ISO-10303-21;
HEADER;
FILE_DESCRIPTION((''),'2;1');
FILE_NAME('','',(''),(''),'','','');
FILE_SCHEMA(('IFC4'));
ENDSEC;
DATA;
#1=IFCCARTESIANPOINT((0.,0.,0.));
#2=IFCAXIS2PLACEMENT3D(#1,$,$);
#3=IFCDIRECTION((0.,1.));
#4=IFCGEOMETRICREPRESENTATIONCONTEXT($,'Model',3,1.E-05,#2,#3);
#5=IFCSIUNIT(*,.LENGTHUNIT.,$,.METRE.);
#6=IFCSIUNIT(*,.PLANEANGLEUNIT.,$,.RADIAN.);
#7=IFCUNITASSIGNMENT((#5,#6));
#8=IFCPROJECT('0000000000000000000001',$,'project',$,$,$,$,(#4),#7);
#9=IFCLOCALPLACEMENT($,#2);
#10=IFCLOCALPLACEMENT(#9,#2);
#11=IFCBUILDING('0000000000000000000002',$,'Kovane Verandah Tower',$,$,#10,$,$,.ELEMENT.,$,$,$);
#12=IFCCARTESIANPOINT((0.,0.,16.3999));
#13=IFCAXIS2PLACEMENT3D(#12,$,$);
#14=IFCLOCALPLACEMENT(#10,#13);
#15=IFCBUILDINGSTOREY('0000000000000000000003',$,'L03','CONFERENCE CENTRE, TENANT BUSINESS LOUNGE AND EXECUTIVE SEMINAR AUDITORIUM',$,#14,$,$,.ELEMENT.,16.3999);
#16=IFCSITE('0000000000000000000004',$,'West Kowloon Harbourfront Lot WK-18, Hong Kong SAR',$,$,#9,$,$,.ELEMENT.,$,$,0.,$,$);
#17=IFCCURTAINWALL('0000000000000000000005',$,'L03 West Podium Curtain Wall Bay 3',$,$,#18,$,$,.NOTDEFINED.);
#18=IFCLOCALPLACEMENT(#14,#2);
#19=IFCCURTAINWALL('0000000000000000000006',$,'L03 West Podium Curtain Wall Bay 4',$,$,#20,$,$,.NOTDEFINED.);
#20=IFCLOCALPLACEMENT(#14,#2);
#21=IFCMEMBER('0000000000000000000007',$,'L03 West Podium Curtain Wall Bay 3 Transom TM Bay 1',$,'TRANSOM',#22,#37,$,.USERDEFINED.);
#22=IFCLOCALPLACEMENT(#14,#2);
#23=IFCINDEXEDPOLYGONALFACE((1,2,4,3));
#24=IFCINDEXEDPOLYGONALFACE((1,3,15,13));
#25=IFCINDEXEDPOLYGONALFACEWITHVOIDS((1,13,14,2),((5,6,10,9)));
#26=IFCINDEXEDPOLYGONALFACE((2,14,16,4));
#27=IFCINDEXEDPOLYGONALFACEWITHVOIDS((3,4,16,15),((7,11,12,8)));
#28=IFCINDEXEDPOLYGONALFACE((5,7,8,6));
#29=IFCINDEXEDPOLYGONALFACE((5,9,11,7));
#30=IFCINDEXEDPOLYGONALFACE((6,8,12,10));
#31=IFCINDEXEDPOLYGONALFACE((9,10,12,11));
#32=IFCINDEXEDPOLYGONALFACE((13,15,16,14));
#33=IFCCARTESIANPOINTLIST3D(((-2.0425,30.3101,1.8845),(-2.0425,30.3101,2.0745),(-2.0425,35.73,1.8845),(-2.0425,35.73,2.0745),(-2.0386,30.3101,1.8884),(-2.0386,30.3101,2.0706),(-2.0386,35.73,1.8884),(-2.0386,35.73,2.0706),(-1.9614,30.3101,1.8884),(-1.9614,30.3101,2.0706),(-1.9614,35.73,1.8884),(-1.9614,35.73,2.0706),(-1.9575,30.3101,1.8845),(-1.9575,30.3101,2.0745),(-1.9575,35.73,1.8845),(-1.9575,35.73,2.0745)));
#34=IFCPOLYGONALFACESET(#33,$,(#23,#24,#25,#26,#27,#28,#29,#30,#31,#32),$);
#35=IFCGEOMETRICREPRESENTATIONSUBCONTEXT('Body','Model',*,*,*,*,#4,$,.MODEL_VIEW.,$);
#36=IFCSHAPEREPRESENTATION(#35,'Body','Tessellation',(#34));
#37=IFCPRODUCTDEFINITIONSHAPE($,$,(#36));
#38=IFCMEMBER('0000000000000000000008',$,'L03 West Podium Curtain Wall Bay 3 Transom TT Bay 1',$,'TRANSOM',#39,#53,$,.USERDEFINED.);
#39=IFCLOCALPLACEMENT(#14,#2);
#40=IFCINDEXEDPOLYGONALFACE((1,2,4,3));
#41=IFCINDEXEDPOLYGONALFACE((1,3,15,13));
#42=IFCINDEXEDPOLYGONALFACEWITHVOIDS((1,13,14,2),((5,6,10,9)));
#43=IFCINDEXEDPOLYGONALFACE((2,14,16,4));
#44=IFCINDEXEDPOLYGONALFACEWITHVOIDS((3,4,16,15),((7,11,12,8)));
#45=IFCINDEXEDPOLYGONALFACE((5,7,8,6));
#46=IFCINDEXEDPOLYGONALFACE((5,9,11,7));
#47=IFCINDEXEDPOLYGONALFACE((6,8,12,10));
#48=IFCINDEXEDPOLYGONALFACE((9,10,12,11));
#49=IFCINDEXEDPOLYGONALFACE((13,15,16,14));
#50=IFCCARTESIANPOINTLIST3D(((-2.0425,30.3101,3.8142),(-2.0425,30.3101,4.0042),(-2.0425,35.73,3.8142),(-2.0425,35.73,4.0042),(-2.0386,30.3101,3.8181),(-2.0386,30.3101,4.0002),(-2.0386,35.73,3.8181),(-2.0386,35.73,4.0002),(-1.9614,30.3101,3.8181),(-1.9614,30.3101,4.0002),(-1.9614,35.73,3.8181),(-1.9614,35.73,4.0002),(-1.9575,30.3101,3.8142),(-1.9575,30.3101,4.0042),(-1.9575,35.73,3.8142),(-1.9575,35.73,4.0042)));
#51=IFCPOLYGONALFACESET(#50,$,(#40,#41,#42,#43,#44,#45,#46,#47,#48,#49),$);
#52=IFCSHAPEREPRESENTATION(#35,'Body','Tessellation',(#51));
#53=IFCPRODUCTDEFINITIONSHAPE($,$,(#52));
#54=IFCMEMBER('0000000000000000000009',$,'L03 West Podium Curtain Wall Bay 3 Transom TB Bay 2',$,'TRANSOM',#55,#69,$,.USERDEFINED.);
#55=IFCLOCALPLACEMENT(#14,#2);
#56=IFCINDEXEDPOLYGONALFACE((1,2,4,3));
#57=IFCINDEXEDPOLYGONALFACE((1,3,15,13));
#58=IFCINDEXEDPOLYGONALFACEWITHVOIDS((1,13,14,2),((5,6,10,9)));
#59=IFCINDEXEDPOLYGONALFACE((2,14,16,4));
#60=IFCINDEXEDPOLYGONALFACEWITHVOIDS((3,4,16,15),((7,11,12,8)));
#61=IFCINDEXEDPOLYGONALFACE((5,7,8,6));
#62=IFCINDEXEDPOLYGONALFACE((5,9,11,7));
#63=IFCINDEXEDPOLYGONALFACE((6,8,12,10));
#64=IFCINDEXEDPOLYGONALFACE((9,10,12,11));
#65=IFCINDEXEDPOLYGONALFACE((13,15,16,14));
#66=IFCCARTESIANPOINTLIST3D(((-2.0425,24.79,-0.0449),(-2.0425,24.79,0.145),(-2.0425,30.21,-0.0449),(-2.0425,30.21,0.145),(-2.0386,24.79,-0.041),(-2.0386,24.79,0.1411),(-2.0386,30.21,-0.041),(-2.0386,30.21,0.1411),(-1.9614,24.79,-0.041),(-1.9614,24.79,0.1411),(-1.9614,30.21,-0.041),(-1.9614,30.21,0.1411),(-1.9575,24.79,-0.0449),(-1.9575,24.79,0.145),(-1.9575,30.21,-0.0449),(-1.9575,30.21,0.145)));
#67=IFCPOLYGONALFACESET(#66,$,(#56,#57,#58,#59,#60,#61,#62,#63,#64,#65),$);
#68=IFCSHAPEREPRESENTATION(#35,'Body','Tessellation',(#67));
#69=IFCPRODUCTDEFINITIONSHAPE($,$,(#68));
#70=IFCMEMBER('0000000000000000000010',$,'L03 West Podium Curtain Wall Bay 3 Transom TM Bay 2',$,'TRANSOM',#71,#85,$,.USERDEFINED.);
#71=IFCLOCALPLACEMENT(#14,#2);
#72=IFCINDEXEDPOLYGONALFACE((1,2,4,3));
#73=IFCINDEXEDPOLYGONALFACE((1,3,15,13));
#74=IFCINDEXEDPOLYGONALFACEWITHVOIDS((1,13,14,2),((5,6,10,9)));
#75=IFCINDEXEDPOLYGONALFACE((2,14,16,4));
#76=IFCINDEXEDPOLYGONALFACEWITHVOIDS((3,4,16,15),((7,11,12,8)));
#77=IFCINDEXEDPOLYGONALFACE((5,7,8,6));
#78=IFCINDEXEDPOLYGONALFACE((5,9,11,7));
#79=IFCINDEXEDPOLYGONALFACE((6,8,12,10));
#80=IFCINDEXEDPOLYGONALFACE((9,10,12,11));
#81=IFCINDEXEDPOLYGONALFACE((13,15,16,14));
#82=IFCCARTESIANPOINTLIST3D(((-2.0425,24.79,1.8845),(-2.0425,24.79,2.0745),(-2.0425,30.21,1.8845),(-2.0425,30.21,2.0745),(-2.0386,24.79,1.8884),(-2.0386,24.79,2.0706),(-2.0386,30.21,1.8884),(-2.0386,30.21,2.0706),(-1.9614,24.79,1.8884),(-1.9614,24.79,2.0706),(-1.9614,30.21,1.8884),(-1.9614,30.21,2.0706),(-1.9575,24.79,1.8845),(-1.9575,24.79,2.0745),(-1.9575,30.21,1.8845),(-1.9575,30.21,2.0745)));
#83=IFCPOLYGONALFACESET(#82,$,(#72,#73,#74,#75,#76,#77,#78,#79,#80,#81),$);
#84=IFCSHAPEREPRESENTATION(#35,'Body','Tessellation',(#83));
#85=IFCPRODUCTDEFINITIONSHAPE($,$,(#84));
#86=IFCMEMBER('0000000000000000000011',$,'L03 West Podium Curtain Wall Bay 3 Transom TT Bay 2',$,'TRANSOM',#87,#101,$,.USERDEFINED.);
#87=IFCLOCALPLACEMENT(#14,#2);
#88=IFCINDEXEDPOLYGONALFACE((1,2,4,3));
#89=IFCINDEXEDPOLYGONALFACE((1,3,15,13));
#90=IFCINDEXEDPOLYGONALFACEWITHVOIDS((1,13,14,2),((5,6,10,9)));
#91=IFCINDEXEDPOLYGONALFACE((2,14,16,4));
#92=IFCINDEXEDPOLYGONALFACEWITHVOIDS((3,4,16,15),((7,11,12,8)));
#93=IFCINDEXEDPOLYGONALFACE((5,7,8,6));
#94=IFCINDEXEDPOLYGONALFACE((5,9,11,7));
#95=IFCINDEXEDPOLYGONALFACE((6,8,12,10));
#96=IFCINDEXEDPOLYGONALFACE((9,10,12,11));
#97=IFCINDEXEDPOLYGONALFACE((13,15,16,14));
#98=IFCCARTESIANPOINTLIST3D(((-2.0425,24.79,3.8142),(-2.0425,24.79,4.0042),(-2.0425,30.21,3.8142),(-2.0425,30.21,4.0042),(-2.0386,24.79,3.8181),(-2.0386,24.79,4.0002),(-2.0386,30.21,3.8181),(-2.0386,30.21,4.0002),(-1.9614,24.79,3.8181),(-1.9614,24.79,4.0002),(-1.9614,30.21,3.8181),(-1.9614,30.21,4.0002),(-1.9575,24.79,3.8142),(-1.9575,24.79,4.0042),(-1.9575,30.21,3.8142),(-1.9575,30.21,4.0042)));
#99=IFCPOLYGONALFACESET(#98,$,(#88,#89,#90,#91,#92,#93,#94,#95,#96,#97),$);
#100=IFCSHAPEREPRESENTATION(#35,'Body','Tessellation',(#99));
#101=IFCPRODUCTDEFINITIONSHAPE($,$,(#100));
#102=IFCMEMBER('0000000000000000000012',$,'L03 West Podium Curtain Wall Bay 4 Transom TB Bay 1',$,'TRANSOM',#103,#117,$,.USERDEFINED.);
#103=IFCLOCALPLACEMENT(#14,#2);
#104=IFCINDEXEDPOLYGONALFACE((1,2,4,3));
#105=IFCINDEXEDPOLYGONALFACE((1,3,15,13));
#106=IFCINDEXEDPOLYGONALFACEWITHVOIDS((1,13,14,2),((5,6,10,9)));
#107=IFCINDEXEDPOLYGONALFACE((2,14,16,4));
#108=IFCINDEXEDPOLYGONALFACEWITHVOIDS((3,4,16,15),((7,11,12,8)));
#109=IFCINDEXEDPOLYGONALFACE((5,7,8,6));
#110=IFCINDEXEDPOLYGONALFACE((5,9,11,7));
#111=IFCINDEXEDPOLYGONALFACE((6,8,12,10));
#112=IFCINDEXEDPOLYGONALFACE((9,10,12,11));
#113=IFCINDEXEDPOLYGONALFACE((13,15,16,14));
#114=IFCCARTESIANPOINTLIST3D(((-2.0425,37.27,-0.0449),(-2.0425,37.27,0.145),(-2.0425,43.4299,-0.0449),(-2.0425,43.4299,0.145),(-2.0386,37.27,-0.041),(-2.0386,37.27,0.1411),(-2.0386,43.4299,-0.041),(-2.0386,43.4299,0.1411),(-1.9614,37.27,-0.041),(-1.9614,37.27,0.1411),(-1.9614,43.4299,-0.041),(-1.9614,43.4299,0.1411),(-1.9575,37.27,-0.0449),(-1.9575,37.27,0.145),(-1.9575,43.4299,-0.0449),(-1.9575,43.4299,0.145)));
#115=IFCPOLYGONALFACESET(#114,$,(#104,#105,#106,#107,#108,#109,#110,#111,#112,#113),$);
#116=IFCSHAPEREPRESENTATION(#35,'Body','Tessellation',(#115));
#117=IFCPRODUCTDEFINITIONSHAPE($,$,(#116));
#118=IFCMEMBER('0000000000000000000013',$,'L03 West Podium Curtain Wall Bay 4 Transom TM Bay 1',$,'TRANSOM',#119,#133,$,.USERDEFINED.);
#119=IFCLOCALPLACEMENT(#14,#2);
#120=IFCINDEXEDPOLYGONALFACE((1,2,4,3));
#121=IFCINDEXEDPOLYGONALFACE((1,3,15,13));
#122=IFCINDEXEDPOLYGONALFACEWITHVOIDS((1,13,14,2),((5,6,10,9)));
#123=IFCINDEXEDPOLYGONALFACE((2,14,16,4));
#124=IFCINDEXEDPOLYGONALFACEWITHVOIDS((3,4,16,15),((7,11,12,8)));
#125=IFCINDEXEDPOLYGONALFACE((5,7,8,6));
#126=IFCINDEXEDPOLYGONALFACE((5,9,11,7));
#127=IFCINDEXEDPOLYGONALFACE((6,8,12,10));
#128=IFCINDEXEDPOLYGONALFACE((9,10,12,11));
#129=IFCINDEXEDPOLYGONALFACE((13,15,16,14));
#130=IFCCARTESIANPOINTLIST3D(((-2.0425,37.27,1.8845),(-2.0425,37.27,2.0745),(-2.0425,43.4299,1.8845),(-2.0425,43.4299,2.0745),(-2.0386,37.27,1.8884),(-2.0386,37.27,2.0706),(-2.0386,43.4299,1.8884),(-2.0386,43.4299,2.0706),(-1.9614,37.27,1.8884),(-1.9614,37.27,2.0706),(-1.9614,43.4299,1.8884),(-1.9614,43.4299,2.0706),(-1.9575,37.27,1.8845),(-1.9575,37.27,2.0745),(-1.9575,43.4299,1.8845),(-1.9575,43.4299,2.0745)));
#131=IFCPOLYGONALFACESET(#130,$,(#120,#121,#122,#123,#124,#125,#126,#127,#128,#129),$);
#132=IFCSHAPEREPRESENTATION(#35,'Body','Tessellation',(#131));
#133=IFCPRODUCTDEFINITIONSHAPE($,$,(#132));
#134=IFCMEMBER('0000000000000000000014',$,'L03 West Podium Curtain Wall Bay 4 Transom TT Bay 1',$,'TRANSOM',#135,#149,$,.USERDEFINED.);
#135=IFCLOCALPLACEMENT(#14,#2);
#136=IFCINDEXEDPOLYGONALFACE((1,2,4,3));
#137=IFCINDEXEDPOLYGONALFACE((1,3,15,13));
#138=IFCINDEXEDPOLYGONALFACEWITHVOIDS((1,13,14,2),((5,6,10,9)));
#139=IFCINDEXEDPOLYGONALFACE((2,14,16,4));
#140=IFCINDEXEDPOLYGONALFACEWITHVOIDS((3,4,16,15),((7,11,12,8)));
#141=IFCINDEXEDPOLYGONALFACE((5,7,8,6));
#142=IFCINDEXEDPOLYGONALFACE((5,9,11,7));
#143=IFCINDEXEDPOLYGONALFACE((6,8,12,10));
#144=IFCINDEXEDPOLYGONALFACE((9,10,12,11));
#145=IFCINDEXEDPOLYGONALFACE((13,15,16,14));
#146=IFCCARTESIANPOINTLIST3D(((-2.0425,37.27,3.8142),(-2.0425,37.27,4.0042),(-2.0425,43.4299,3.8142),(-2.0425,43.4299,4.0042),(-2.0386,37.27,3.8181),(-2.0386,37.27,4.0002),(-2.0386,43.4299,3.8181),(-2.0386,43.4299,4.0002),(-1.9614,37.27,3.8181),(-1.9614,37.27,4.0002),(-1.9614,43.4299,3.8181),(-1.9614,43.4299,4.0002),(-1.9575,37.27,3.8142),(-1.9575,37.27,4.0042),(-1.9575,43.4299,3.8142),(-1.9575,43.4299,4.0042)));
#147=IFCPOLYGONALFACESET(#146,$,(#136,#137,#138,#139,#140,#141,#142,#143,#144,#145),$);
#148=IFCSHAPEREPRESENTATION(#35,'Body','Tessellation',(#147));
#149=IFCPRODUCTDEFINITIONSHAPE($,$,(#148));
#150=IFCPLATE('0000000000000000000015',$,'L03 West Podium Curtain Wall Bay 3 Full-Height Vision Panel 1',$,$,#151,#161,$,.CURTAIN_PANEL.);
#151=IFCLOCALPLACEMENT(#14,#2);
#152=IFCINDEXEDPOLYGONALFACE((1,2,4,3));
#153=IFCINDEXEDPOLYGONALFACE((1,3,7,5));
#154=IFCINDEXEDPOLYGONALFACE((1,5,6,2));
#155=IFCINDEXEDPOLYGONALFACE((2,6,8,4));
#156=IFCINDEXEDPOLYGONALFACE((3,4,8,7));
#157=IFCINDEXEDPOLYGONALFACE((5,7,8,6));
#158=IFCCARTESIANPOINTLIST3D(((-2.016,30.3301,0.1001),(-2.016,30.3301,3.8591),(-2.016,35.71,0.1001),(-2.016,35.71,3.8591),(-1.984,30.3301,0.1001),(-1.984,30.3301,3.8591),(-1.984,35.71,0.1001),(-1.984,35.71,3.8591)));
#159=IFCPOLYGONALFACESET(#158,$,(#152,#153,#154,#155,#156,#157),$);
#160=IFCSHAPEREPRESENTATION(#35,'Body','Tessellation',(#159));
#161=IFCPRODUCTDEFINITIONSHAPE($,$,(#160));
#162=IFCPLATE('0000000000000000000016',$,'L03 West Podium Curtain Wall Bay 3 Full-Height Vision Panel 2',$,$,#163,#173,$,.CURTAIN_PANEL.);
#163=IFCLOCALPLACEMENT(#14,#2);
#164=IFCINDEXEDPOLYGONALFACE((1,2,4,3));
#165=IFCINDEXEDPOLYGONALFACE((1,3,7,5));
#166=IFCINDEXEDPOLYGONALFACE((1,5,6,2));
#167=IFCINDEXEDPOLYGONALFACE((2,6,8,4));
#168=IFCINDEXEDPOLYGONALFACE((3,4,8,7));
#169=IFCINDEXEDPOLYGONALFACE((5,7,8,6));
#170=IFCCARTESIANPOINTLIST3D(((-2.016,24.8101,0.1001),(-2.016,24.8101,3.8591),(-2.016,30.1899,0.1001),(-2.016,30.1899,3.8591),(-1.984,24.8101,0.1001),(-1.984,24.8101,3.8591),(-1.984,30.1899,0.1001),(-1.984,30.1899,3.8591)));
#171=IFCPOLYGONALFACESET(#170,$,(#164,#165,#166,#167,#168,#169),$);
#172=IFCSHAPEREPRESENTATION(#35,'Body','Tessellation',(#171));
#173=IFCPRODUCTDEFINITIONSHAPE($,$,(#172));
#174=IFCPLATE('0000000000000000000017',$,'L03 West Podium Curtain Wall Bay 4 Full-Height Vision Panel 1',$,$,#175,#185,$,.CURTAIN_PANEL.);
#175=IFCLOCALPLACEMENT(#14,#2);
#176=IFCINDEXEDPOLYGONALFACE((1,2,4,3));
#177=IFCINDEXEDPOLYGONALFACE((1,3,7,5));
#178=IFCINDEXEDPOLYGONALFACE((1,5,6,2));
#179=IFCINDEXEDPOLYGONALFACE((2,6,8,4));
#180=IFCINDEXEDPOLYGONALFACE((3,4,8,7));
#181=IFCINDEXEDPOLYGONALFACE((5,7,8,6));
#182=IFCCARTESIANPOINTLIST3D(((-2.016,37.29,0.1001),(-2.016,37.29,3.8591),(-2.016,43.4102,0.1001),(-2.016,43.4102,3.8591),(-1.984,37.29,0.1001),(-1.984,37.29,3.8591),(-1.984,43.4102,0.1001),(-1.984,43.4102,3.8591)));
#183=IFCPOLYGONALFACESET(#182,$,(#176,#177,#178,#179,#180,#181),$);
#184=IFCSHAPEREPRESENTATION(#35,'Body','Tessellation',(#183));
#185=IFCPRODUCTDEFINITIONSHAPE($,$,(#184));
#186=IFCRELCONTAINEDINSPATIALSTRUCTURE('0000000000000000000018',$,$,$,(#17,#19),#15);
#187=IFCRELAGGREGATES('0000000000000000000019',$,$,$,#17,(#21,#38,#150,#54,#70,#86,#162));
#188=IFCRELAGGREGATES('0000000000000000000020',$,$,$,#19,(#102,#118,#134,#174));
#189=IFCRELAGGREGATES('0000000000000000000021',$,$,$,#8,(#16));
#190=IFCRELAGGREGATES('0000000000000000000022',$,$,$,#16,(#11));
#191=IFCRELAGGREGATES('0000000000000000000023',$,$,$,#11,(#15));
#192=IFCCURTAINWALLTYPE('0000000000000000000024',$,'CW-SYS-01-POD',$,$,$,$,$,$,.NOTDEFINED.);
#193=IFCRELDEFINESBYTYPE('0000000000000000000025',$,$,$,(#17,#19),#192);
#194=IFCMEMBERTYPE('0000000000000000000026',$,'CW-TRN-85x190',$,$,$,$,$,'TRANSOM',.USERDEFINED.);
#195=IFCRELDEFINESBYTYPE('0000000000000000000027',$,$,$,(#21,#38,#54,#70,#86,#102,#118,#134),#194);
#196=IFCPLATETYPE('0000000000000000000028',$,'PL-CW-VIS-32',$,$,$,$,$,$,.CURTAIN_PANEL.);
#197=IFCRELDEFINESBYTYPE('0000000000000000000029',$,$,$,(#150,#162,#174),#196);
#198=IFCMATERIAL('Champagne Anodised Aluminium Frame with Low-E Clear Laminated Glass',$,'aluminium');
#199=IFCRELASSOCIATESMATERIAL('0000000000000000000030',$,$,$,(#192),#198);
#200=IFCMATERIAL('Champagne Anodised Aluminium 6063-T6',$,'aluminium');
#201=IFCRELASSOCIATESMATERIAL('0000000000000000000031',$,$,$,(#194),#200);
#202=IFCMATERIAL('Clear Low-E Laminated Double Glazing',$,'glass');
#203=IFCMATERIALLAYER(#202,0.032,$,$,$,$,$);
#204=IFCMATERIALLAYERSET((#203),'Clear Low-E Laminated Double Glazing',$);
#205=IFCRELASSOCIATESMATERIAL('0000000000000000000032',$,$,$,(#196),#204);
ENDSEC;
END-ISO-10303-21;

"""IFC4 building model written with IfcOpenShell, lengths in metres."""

from ifc_helpers import new_model, si_unit, direction, frame, origin, origin_2d, place, context, subcontext, project, spatial, rectangle, hollow_rectangle, extrude, material, layer, layer_set, material_profile, profile_set, type_object, element, aggregate, save


model = new_model("IFC4")

# Units and contexts
model_context = context("Model", 3, precision=1e-05, world=origin(), true_north=direction((0.0, 1.0)))
body_context = subcontext(model_context, "Body", "Model", "MODEL_VIEW")
ifc_project = project(units=[si_unit("LENGTHUNIT", "METRE"), si_unit("PLANEANGLEUNIT", "RADIAN")], contexts=[model_context])

# Site, building, storey
site_placement = place(None, origin())
site = spatial("IfcSite", under=ifc_project, at=site_placement, Name="West Kowloon Harbourfront Lot WK-18, Hong Kong SAR", CompositionType="ELEMENT", RefElevation=0.0)
building_placement = place(site_placement, origin())
building = spatial("IfcBuilding", under=site, at=building_placement, Name="Kovane Verandah Tower", CompositionType="ELEMENT")
storey_placement = place(building_placement, frame((0.0, 0.0, 16.3999)))
storey = spatial("IfcBuildingStorey", under=building, at=storey_placement, Name="L03", Description="CONFERENCE CENTRE, TENANT BUSINESS LOUNGE AND EXECUTIVE SEMINAR AUDITORIUM", CompositionType="ELEMENT", Elevation=16.3999)

# Curtain walls
ifc_material_1 = material(Name="Champagne Anodised Aluminium Frame with Low-E Clear Laminated Glass", Category="aluminium")
curtain_wall_type = type_object("IfcCurtainWallType", Name="CW-SYS-01-POD", PredefinedType="NOTDEFINED", material=ifc_material_1)
curtain_wall_1_placement = place(storey_placement, origin())
curtain_wall_1 = element("IfcCurtainWall", 1, at=curtain_wall_1_placement, inside=storey, type_object=curtain_wall_type, Name="L03 West Podium Curtain Wall Bay 3", PredefinedType="NOTDEFINED")
ifc_material_2 = material(Name="Champagne Anodised Aluminium 6063-T6", Category="aluminium")
curtain_wall_2_placement = place(storey_placement, origin())
curtain_wall_2 = element("IfcCurtainWall", 2, at=curtain_wall_2_placement, inside=storey, type_object=curtain_wall_type, Name="L03 West Podium Curtain Wall Bay 4", PredefinedType="NOTDEFINED")

# Members
ifc_material_profile_1 = material_profile(ifc_material_2, hollow_rectangle(XDim=0.085, YDim=0.1899, WallThickness=0.0039, at=origin_2d()), Name="AL85x190x4")
ifc_profile_set_1 = profile_set([ifc_material_profile_1], Name="Champagne Anodised Aluminium 6063-T6")
member_type_1 = type_object("IfcMemberType", Name="CW-TRN-85x190", ElementType="TRANSOM", PredefinedType="USERDEFINED", material=ifc_profile_set_1)
member_1_placement = place(storey_placement, frame((-2.0, 35.73, 1.9795), z_axis=(0.0, -1.0, 0.0), x_axis=(1.0, 0.0, 0.0)))
member_1 = element("IfcMember", 3, at=member_1_placement, type_object=member_type_1, Name="L03 West Podium Curtain Wall Bay 3 Transom TM Bay 1", ObjectType="TRANSOM", PredefinedType="USERDEFINED", context=body_context, shape_type="SweptSolid", body=[
    extrude(hollow_rectangle(XDim=0.085, YDim=0.1899, WallThickness=0.0039, at=origin_2d()), origin(), (0.0, 0.0, 1.0), 5.4199),
])
member_2_placement = place(storey_placement, frame((-2.0, 35.73, 3.9092), z_axis=(0.0, -1.0, 0.0), x_axis=(1.0, 0.0, 0.0)))
member_2 = element("IfcMember", 4, at=member_2_placement, type_object=member_type_1, Name="L03 West Podium Curtain Wall Bay 3 Transom TT Bay 1", ObjectType="TRANSOM", PredefinedType="USERDEFINED", context=body_context, shape_type="SweptSolid", body=[
    extrude(hollow_rectangle(XDim=0.085, YDim=0.1899, WallThickness=0.0039, at=origin_2d()), origin(), (0.0, 0.0, 1.0), 5.4199),
])
member_3_placement = place(storey_placement, frame((-2.0, 30.21, 0.05), z_axis=(0.0, -1.0, 0.0), x_axis=(1.0, 0.0, 0.0)))
member_3 = element("IfcMember", 5, at=member_3_placement, type_object=member_type_1, Name="L03 West Podium Curtain Wall Bay 3 Transom TB Bay 2", ObjectType="TRANSOM", PredefinedType="USERDEFINED", context=body_context, shape_type="SweptSolid", body=[
    extrude(hollow_rectangle(XDim=0.085, YDim=0.1899, WallThickness=0.0039, at=origin_2d()), origin(), (0.0, 0.0, 1.0), 5.4199),
])
member_4_placement = place(storey_placement, frame((-2.0, 30.21, 1.9795), z_axis=(0.0, -1.0, 0.0), x_axis=(1.0, 0.0, 0.0)))
member_4 = element("IfcMember", 6, at=member_4_placement, type_object=member_type_1, Name="L03 West Podium Curtain Wall Bay 3 Transom TM Bay 2", ObjectType="TRANSOM", PredefinedType="USERDEFINED", context=body_context, shape_type="SweptSolid", body=[
    extrude(hollow_rectangle(XDim=0.085, YDim=0.1899, WallThickness=0.0039, at=origin_2d()), origin(), (0.0, 0.0, 1.0), 5.4199),
])
member_5_placement = place(storey_placement, frame((-2.0, 30.21, 3.9092), z_axis=(0.0, -1.0, 0.0), x_axis=(1.0, 0.0, 0.0)))
member_5 = element("IfcMember", 7, at=member_5_placement, type_object=member_type_1, Name="L03 West Podium Curtain Wall Bay 3 Transom TT Bay 2", ObjectType="TRANSOM", PredefinedType="USERDEFINED", context=body_context, shape_type="SweptSolid", body=[
    extrude(hollow_rectangle(XDim=0.085, YDim=0.1899, WallThickness=0.0039, at=origin_2d()), origin(), (0.0, 0.0, 1.0), 5.4199),
])
member_6_placement = place(storey_placement, frame((-2.0, 43.4299, 0.05), z_axis=(0.0, -1.0, 0.0), x_axis=(1.0, 0.0, 0.0)))
member_6 = element("IfcMember", 8, at=member_6_placement, type_object=member_type_1, Name="L03 West Podium Curtain Wall Bay 4 Transom TB Bay 1", ObjectType="TRANSOM", PredefinedType="USERDEFINED", context=body_context, shape_type="SweptSolid", body=[
    extrude(hollow_rectangle(XDim=0.085, YDim=0.1899, WallThickness=0.0039, at=origin_2d()), origin(), (0.0, 0.0, 1.0), 6.1599),
])
member_7_placement = place(storey_placement, frame((-2.0, 43.4299, 1.9795), z_axis=(0.0, -1.0, 0.0), x_axis=(1.0, 0.0, 0.0)))
member_7 = element("IfcMember", 9, at=member_7_placement, type_object=member_type_1, Name="L03 West Podium Curtain Wall Bay 4 Transom TM Bay 1", ObjectType="TRANSOM", PredefinedType="USERDEFINED", context=body_context, shape_type="SweptSolid", body=[
    extrude(hollow_rectangle(XDim=0.085, YDim=0.1899, WallThickness=0.0039, at=origin_2d()), origin(), (0.0, 0.0, 1.0), 6.1599),
])
member_8_placement = place(storey_placement, frame((-2.0, 43.4299, 3.9092), z_axis=(0.0, -1.0, 0.0), x_axis=(1.0, 0.0, 0.0)))
member_8 = element("IfcMember", 10, at=member_8_placement, type_object=member_type_1, Name="L03 West Podium Curtain Wall Bay 4 Transom TT Bay 1", ObjectType="TRANSOM", PredefinedType="USERDEFINED", context=body_context, shape_type="SweptSolid", body=[
    extrude(hollow_rectangle(XDim=0.085, YDim=0.1899, WallThickness=0.0039, at=origin_2d()), origin(), (0.0, 0.0, 1.0), 6.1599),
])

# Plates
ifc_material_3 = material(Name="Clear Low-E Laminated Double Glazing", Category="glass")
ifc_layer_1 = layer(ifc_material_3, 0.032)
ifc_layer_set_1 = layer_set([ifc_layer_1], Name="Clear Low-E Laminated Double Glazing")
plate_type = type_object("IfcPlateType", Name="PL-CW-VIS-32", PredefinedType="CURTAIN_PANEL", material=ifc_layer_set_1)
plate_1_placement = place(storey_placement, frame((-2.0, 33.02, 0.1001), z_axis=(0.0, 0.0, 1.0), x_axis=(0.0, -1.0, 0.0)))
plate_1 = element("IfcPlate", 11, at=plate_1_placement, type_object=plate_type, Name="L03 West Podium Curtain Wall Bay 3 Full-Height Vision Panel 1", PredefinedType="CURTAIN_PANEL", context=body_context, shape_type="SweptSolid", body=[
    extrude(rectangle(XDim=5.3799, YDim=0.032, at=origin_2d()), origin(), (0.0, 0.0, 1.0), 3.759),
])
plate_2_placement = place(storey_placement, frame((-2.0, 27.5, 0.1001), z_axis=(0.0, 0.0, 1.0), x_axis=(0.0, -1.0, 0.0)))
plate_2 = element("IfcPlate", 12, at=plate_2_placement, type_object=plate_type, Name="L03 West Podium Curtain Wall Bay 3 Full-Height Vision Panel 2", PredefinedType="CURTAIN_PANEL", context=body_context, shape_type="SweptSolid", body=[
    extrude(rectangle(XDim=5.3799, YDim=0.032, at=origin_2d()), origin(), (0.0, 0.0, 1.0), 3.759),
])
aggregate(curtain_wall_1, [member_1, member_2, plate_1, member_3, member_4, member_5, plate_2])
plate_3_placement = place(storey_placement, frame((-2.0, 40.3501, 0.1001), z_axis=(0.0, 0.0, 1.0), x_axis=(0.0, -1.0, 0.0)))
plate_3 = element("IfcPlate", 13, at=plate_3_placement, type_object=plate_type, Name="L03 West Podium Curtain Wall Bay 4 Full-Height Vision Panel 1", PredefinedType="CURTAIN_PANEL", context=body_context, shape_type="SweptSolid", body=[
    extrude(rectangle(XDim=6.1201, YDim=0.032, at=origin_2d()), origin(), (0.0, 0.0, 1.0), 3.759),
])
aggregate(curtain_wall_2, [member_6, member_7, member_8, plate_3])

save(model, "model.ifc")
